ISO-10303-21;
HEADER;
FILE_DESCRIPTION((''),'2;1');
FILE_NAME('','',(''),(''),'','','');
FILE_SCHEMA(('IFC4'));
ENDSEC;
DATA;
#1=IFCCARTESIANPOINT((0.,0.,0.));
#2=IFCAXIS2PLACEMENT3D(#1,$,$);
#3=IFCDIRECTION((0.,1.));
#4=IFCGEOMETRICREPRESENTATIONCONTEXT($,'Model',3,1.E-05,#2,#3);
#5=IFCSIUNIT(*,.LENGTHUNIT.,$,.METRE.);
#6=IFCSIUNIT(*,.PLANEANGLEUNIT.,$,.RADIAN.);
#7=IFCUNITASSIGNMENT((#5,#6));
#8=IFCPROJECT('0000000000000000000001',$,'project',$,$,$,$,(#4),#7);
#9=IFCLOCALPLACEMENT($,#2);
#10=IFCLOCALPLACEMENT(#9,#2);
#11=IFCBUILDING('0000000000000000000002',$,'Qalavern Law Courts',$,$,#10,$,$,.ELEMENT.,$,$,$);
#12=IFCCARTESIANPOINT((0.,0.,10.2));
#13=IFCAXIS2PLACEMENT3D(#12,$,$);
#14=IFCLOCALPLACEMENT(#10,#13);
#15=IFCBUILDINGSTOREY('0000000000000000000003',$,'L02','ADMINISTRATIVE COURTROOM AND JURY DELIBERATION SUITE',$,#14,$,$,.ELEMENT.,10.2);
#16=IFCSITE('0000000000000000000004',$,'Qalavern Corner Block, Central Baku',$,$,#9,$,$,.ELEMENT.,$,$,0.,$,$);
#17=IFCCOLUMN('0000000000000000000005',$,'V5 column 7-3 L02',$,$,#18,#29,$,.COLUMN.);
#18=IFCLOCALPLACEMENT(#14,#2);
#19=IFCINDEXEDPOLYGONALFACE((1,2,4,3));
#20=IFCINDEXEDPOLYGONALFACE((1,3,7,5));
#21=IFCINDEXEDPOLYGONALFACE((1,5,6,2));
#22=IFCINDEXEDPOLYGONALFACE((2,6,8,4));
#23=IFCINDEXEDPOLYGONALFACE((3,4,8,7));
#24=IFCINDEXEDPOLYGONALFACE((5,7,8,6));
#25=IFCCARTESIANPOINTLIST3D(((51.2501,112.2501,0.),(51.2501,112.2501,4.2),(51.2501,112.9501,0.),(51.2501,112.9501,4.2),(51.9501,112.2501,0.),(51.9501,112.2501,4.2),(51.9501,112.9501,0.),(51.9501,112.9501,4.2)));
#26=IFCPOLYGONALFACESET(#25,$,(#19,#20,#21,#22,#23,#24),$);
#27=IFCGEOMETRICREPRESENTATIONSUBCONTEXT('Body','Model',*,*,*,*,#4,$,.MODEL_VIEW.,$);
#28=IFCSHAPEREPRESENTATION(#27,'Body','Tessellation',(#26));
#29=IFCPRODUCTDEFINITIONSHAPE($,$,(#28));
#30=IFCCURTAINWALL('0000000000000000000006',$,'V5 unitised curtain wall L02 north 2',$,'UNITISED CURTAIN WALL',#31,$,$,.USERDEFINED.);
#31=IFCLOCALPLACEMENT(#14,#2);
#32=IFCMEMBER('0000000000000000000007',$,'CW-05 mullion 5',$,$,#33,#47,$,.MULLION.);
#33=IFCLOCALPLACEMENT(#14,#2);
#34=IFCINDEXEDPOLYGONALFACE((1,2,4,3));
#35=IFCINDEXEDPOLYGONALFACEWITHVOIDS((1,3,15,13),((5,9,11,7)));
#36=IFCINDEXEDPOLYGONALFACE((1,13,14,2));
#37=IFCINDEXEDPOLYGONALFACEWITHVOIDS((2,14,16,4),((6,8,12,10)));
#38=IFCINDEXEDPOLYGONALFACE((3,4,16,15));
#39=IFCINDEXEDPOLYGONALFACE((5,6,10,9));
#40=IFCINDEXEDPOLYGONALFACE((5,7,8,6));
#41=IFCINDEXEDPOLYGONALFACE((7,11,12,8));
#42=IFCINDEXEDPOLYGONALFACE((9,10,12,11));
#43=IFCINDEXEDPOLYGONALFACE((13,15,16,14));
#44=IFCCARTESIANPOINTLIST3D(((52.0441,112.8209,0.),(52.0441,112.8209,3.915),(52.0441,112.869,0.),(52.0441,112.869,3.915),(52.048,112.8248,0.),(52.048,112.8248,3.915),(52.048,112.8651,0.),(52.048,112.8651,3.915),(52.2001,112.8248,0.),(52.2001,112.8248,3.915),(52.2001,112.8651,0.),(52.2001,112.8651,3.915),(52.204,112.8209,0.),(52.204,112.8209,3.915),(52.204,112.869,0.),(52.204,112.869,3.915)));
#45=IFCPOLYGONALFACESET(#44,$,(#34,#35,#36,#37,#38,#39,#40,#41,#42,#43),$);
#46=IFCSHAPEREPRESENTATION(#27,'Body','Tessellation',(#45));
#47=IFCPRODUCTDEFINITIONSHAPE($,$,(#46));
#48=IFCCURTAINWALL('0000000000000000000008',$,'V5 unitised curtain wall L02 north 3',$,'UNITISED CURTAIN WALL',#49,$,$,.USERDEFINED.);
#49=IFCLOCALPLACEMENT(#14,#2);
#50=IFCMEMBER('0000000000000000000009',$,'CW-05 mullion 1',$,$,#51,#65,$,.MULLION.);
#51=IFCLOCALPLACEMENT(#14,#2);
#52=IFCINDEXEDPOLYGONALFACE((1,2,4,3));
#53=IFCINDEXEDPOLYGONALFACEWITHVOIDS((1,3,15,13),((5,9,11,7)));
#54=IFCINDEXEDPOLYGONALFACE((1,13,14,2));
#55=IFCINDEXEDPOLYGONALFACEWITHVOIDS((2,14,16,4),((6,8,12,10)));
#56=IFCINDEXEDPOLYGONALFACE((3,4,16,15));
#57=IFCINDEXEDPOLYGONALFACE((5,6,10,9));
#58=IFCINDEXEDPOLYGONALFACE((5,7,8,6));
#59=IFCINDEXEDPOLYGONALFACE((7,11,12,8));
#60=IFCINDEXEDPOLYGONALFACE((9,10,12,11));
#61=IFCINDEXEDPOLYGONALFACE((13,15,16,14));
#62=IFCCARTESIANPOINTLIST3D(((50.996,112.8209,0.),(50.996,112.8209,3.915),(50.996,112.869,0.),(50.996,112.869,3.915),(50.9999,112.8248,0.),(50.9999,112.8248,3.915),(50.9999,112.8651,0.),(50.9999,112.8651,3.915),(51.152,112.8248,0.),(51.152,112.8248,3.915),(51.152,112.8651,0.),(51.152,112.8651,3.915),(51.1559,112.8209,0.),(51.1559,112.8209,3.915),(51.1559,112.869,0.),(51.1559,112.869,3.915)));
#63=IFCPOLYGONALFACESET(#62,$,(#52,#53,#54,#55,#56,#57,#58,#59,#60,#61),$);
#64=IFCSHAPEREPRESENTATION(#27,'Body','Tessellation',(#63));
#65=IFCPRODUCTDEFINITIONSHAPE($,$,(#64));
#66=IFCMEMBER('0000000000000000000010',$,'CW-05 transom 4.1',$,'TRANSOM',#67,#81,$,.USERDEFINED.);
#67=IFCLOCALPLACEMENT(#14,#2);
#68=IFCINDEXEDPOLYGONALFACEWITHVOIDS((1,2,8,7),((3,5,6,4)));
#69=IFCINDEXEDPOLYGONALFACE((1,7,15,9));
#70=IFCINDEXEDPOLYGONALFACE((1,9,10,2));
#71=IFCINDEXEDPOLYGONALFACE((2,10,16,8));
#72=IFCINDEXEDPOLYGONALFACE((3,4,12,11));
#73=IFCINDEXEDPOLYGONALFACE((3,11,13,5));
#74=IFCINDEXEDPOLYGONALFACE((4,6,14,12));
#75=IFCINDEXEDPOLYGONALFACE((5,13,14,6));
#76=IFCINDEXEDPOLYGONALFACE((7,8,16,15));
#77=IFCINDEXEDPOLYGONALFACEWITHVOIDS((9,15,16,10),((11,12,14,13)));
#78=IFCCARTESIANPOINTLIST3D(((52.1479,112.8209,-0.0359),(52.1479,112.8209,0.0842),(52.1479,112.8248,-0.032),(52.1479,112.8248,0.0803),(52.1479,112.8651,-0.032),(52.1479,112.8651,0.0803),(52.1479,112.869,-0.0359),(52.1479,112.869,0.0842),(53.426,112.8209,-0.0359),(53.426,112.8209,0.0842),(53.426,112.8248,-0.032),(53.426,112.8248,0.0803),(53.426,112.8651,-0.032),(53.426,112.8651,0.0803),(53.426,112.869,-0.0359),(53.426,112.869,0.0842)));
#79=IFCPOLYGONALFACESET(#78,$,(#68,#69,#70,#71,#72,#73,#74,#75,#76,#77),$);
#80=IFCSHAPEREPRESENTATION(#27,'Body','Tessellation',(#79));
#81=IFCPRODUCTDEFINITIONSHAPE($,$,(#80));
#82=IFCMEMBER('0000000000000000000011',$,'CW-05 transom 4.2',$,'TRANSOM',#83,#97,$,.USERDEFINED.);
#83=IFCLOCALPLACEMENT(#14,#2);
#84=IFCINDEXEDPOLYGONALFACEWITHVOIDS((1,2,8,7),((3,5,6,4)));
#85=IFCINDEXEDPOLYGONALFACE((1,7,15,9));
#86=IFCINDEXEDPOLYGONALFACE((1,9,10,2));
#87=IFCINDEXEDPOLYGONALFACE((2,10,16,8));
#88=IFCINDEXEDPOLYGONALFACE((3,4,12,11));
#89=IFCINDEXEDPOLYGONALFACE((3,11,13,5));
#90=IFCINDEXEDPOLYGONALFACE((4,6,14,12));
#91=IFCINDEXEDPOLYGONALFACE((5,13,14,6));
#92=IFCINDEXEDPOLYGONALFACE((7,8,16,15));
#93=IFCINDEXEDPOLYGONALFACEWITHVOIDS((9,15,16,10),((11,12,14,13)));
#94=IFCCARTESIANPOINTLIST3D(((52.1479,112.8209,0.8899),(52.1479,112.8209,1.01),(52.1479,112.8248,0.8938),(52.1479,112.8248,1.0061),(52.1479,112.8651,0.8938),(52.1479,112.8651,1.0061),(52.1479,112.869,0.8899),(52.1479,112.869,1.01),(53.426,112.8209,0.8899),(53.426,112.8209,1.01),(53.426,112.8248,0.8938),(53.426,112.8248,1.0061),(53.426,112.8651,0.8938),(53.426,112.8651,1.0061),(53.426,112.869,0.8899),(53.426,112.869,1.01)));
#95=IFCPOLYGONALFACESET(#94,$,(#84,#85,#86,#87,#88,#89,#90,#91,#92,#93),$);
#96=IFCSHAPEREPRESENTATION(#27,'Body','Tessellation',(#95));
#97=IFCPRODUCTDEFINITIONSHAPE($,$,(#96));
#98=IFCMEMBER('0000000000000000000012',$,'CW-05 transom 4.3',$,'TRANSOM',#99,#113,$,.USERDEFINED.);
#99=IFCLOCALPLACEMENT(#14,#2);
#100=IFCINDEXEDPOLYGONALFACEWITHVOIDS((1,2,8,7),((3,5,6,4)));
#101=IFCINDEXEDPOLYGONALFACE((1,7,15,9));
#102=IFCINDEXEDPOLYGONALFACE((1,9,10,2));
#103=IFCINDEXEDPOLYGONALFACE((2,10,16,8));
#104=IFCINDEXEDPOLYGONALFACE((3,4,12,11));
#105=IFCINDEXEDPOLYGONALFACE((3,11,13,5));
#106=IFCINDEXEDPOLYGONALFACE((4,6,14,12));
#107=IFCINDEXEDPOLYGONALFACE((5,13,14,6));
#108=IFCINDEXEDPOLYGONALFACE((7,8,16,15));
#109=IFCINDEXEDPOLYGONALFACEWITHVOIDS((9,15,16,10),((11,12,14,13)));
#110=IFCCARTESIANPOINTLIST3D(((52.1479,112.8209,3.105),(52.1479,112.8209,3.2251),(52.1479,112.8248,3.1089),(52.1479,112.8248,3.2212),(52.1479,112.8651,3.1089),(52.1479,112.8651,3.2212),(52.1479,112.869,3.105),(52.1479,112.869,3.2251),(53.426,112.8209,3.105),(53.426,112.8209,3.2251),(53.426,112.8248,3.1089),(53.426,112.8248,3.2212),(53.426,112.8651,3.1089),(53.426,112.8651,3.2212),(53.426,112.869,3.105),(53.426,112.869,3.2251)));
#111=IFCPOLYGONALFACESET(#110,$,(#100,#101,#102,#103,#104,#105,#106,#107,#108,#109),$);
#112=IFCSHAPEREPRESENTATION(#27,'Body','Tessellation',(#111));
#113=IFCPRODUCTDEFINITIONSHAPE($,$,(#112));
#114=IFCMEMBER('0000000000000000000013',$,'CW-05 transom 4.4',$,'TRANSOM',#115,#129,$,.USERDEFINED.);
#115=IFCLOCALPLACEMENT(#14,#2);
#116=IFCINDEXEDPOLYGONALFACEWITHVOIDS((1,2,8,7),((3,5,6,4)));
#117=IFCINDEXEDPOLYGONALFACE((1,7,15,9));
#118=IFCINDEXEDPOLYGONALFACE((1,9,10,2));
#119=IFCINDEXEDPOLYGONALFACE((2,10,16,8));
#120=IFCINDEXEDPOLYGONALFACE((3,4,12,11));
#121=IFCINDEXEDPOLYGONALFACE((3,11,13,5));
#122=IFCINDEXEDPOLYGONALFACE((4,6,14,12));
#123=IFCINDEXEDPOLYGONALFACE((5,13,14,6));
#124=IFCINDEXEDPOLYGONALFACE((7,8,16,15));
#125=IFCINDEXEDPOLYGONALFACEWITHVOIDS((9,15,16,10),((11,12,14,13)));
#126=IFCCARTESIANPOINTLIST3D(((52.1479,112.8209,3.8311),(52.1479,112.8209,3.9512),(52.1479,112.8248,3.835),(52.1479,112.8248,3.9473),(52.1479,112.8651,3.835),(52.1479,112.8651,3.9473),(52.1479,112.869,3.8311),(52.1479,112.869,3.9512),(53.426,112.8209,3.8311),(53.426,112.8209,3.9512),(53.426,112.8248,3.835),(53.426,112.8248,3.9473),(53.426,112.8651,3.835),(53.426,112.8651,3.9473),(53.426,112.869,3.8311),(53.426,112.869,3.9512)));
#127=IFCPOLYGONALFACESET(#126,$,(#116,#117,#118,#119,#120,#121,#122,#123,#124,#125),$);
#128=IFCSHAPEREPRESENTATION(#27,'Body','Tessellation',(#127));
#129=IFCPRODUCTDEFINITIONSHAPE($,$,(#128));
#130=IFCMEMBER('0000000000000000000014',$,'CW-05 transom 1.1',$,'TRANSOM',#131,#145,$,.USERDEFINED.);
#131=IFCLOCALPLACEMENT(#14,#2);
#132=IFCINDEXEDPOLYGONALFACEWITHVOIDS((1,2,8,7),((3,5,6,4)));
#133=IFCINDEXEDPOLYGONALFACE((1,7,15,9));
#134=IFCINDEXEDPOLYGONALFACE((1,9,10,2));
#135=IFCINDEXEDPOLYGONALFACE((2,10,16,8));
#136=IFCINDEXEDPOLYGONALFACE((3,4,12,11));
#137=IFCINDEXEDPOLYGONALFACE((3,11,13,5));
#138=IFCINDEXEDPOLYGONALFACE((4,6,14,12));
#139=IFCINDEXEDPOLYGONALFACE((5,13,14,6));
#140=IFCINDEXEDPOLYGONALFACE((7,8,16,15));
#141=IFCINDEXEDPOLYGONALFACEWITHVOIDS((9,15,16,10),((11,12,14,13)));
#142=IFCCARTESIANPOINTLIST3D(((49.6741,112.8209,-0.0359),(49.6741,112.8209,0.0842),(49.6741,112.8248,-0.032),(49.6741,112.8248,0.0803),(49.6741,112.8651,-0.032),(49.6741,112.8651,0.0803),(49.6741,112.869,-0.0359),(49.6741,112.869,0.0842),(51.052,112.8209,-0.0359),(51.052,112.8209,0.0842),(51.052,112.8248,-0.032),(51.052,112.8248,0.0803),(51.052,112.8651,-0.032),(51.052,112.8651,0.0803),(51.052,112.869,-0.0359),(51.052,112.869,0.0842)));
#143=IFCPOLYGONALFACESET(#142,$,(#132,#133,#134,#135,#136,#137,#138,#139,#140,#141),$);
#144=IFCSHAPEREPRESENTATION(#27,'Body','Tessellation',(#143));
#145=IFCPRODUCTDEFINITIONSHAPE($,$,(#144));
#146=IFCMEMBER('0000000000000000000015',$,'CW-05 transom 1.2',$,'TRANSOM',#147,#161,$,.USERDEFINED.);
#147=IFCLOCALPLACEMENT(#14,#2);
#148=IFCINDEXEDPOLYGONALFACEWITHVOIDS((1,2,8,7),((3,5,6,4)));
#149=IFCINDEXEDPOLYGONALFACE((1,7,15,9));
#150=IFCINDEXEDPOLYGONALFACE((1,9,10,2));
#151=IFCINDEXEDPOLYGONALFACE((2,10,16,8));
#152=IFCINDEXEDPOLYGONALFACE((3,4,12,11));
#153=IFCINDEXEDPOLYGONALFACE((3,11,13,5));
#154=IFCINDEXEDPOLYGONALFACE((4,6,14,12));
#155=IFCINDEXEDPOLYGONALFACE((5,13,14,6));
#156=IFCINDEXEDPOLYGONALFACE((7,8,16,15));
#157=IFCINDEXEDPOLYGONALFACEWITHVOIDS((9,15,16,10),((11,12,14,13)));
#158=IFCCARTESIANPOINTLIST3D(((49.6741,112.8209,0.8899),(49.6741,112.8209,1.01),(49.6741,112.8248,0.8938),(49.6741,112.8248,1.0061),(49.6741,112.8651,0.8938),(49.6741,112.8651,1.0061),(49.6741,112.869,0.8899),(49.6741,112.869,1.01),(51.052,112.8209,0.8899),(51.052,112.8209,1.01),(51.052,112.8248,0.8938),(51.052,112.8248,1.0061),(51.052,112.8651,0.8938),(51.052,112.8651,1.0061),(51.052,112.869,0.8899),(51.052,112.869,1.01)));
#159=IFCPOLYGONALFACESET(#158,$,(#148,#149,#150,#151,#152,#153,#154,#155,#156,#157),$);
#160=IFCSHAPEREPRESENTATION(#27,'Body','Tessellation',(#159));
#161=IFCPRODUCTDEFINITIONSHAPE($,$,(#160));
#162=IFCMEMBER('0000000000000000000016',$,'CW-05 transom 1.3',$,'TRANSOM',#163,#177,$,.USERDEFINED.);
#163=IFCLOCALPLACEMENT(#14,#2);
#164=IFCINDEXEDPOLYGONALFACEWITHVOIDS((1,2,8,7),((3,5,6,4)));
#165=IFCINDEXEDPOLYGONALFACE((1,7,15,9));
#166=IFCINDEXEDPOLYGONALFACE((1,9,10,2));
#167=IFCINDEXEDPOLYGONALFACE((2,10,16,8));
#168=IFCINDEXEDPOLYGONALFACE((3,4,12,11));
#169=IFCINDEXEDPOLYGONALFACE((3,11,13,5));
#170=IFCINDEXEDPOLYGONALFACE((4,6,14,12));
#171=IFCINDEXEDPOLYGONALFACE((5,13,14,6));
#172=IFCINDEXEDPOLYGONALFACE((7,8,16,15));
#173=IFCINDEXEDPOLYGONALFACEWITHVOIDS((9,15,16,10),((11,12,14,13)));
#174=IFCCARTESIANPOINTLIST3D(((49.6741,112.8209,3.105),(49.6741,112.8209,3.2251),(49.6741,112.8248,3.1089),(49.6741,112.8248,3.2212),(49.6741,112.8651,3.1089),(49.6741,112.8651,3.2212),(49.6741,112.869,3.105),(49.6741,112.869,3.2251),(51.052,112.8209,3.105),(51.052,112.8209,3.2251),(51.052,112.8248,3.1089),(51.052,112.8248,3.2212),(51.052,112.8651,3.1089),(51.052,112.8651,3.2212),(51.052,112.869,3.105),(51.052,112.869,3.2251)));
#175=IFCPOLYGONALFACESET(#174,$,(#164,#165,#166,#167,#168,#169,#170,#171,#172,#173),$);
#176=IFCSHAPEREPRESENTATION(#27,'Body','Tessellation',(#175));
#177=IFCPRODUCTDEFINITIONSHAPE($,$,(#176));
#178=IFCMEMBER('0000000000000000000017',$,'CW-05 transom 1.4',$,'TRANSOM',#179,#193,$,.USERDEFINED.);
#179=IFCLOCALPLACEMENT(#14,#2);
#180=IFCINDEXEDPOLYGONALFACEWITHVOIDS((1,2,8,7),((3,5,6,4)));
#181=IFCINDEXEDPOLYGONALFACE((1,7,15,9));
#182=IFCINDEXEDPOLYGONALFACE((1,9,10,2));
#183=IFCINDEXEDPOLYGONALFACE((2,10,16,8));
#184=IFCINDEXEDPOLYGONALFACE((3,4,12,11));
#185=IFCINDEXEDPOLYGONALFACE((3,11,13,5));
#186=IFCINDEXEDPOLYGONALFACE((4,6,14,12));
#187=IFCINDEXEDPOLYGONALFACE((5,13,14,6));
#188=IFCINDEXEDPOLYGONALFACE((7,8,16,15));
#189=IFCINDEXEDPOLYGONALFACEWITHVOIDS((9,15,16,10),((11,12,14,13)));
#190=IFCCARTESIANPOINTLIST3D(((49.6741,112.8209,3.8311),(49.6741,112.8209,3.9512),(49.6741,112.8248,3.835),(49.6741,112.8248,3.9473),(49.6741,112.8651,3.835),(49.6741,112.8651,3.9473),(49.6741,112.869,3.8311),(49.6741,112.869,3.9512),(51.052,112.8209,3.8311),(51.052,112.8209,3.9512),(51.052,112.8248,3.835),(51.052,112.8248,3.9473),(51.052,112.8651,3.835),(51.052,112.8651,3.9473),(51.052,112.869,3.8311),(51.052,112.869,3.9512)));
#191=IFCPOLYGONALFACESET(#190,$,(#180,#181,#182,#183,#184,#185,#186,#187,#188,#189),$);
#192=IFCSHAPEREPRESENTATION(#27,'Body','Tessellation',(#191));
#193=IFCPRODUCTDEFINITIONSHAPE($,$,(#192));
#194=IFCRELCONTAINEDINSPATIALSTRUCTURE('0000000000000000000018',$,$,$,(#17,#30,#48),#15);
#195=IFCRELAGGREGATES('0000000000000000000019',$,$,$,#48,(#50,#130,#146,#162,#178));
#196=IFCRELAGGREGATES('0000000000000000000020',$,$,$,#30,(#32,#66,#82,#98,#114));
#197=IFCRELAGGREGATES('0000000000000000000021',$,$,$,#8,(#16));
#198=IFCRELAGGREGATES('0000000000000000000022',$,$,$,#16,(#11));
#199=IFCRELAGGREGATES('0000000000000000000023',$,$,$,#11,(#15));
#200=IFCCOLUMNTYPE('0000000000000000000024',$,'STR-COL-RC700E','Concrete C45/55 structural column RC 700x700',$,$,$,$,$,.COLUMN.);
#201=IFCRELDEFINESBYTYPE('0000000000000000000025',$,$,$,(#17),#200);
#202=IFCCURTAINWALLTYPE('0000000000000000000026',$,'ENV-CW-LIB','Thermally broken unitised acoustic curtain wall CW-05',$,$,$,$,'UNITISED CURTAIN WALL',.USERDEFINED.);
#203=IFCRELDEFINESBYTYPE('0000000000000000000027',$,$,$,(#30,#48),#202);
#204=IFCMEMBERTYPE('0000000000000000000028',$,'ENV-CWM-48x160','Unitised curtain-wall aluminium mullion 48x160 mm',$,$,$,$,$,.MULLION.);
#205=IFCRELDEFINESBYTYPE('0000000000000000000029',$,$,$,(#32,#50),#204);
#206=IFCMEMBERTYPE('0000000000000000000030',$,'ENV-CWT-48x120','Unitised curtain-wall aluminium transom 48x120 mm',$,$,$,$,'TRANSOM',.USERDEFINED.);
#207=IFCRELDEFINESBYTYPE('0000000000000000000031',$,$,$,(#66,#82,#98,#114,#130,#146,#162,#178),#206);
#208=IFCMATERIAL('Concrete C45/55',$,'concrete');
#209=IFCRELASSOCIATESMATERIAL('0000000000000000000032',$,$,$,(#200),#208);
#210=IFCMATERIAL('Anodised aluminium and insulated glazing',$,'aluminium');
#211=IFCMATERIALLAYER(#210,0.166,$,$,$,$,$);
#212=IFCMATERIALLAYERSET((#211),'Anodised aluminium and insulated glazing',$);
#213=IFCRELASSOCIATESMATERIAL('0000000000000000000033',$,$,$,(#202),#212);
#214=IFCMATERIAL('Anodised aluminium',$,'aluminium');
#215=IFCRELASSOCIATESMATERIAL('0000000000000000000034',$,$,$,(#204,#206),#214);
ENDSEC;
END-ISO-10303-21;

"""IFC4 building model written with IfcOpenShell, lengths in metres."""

from ifc_helpers import new_model, si_unit, direction, frame, origin, origin_2d, place, context, subcontext, project, spatial, rectangle, hollow_rectangle, extrude, material, layer, layer_set, material_profile, profile_set, type_object, element, aggregate, save


model = new_model("IFC4")

# Units and contexts
model_context = context("Model", 3, precision=1e-05, world=origin(), true_north=direction((0.0, 1.0)))
body_context = subcontext(model_context, "Body", "Model", "MODEL_VIEW")
ifc_project = project(units=[si_unit("LENGTHUNIT", "METRE"), si_unit("PLANEANGLEUNIT", "RADIAN")], contexts=[model_context])

# Site, building, storey
site_placement = place(None, origin())
site = spatial("IfcSite", under=ifc_project, at=site_placement, Name="Qalavern Corner Block, Central Baku", CompositionType="ELEMENT", RefElevation=0.0)
building_placement = place(site_placement, origin())
building = spatial("IfcBuilding", under=site, at=building_placement, Name="Qalavern Law Courts", CompositionType="ELEMENT")
storey_placement = place(building_placement, frame((0.0, 0.0, 10.2)))
storey = spatial("IfcBuildingStorey", under=building, at=storey_placement, Name="L02", Description="ADMINISTRATIVE COURTROOM AND JURY DELIBERATION SUITE", CompositionType="ELEMENT", Elevation=10.2)

# Column
ifc_material_1 = material(Name="Concrete C45/55", Category="concrete")
ifc_material_profile_1 = material_profile(ifc_material_1, rectangle(XDim=0.7, YDim=0.7, at=origin_2d()), Name="RC 700x700")
ifc_profile_set_1 = profile_set([ifc_material_profile_1], Name="Concrete C45/55")
column_type = type_object("IfcColumnType", Name="STR-COL-RC700E", Description="Concrete C45/55 structural column RC 700x700", PredefinedType="COLUMN", material=ifc_profile_set_1)
column_placement = place(storey_placement, frame((51.6001, 112.6001, 0.0), z_axis=(0.0, 0.0, 1.0), x_axis=(1.0, 0.0, 0.0)))
element("IfcColumn", 1, at=column_placement, inside=storey, type_object=column_type, Name="V5 column 7-3 L02", PredefinedType="COLUMN", context=body_context, shape_type="SweptSolid", body=[
    extrude(rectangle(XDim=0.7, YDim=0.7, at=origin_2d()), origin(), (0.0, 0.0, 1.0), 4.2),
])

# Curtain walls, members
ifc_material_2 = material(Name="Anodised aluminium and insulated glazing", Category="aluminium")
ifc_layer_1 = layer(ifc_material_2, 0.166)
ifc_layer_set_1 = layer_set([ifc_layer_1], Name="Anodised aluminium and insulated glazing")
curtain_wall_type = type_object("IfcCurtainWallType", Name="ENV-CW-LIB", Description="Thermally broken unitised acoustic curtain wall CW-05", ElementType="UNITISED CURTAIN WALL", PredefinedType="USERDEFINED", material=ifc_layer_set_1)
curtain_wall_1_placement = place(storey_placement, origin())
curtain_wall_1 = element("IfcCurtainWall", 2, at=curtain_wall_1_placement, inside=storey, type_object=curtain_wall_type, Name="V5 unitised curtain wall L02 north 2", ObjectType="UNITISED CURTAIN WALL", PredefinedType="USERDEFINED")
ifc_material_3 = material(Name="Anodised aluminium", Category="aluminium")
ifc_material_profile_2 = material_profile(ifc_material_3, hollow_rectangle(XDim=0.0481, YDim=0.1599, WallThickness=0.0039, at=origin_2d()), Name="ALU MULLION 48x160")
ifc_profile_set_2 = profile_set([ifc_material_profile_2], Name="Anodised aluminium")
member_type_1 = type_object("IfcMemberType", Name="ENV-CWM-48x160", Description="Unitised curtain-wall aluminium mullion 48x160 mm", PredefinedType="MULLION", material=ifc_profile_set_2)
member_1_placement = place(storey_placement, frame((52.124, 112.845, 0.0), z_axis=(0.0, 0.0, 1.0), x_axis=(0.0, -1.0, 0.0)))
member_1 = element("IfcMember", 3, at=member_1_placement, type_object=member_type_1, Name="CW-05 mullion 5", PredefinedType="MULLION", context=body_context, shape_type="SweptSolid", body=[
    extrude(hollow_rectangle(XDim=0.0481, YDim=0.1599, WallThickness=0.0039, at=origin_2d()), origin(), (0.0, 0.0, 1.0), 3.915),
])
curtain_wall_2_placement = place(storey_placement, origin())
curtain_wall_2 = element("IfcCurtainWall", 4, at=curtain_wall_2_placement, inside=storey, type_object=curtain_wall_type, Name="V5 unitised curtain wall L02 north 3", ObjectType="UNITISED CURTAIN WALL", PredefinedType="USERDEFINED")
member_2_placement = place(storey_placement, frame((51.0759, 112.845, 0.0), z_axis=(0.0, 0.0, 1.0), x_axis=(0.0, -1.0, 0.0)))
member_2 = element("IfcMember", 5, at=member_2_placement, type_object=member_type_1, Name="CW-05 mullion 1", PredefinedType="MULLION", context=body_context, shape_type="SweptSolid", body=[
    extrude(hollow_rectangle(XDim=0.0481, YDim=0.1599, WallThickness=0.0039, at=origin_2d()), origin(), (0.0, 0.0, 1.0), 3.915),
])

# Members
ifc_material_profile_3 = material_profile(ifc_material_3, hollow_rectangle(XDim=0.0481, YDim=0.1201, WallThickness=0.0039, at=origin_2d()), Name="ALU TRANSOM 48x120")
ifc_profile_set_3 = profile_set([ifc_material_profile_3], Name="Anodised aluminium")
member_type_2 = type_object("IfcMemberType", Name="ENV-CWT-48x120", Description="Unitised curtain-wall aluminium transom 48x120 mm", ElementType="TRANSOM", PredefinedType="USERDEFINED", material=ifc_profile_set_3)
member_3_placement = place(storey_placement, frame((53.426, 112.845, 0.0242), z_axis=(-1.0, 0.0, 0.0), x_axis=(0.0, -1.0, 0.0)))
member_3 = element("IfcMember", 6, at=member_3_placement, type_object=member_type_2, Name="CW-05 transom 4.1", ObjectType="TRANSOM", PredefinedType="USERDEFINED", context=body_context, shape_type="SweptSolid", body=[
    extrude(hollow_rectangle(XDim=0.0481, YDim=0.1201, WallThickness=0.0039, at=origin_2d()), origin(), (0.0, 0.0, 1.0), 1.2781),
])
member_4_placement = place(storey_placement, frame((53.426, 112.845, 0.95), z_axis=(-1.0, 0.0, 0.0), x_axis=(0.0, -1.0, 0.0)))
member_4 = element("IfcMember", 7, at=member_4_placement, type_object=member_type_2, Name="CW-05 transom 4.2", ObjectType="TRANSOM", PredefinedType="USERDEFINED", context=body_context, shape_type="SweptSolid", body=[
    extrude(hollow_rectangle(XDim=0.0481, YDim=0.1201, WallThickness=0.0039, at=origin_2d()), origin(), (0.0, 0.0, 1.0), 1.2781),
])
member_5_placement = place(storey_placement, frame((53.426, 112.845, 3.165), z_axis=(-1.0, 0.0, 0.0), x_axis=(0.0, -1.0, 0.0)))
member_5 = element("IfcMember", 8, at=member_5_placement, type_object=member_type_2, Name="CW-05 transom 4.3", ObjectType="TRANSOM", PredefinedType="USERDEFINED", context=body_context, shape_type="SweptSolid", body=[
    extrude(hollow_rectangle(XDim=0.0481, YDim=0.1201, WallThickness=0.0039, at=origin_2d()), origin(), (0.0, 0.0, 1.0), 1.2781),
])
member_6_placement = place(storey_placement, frame((53.426, 112.845, 3.8911), z_axis=(-1.0, 0.0, 0.0), x_axis=(0.0, -1.0, 0.0)))
member_6 = element("IfcMember", 9, at=member_6_placement, type_object=member_type_2, Name="CW-05 transom 4.4", ObjectType="TRANSOM", PredefinedType="USERDEFINED", context=body_context, shape_type="SweptSolid", body=[
    extrude(hollow_rectangle(XDim=0.0481, YDim=0.1201, WallThickness=0.0039, at=origin_2d()), origin(), (0.0, 0.0, 1.0), 1.2781),
])
member_7_placement = place(storey_placement, frame((51.052, 112.845, 0.0242), z_axis=(-1.0, 0.0, 0.0), x_axis=(0.0, -1.0, 0.0)))
member_7 = element("IfcMember", 10, at=member_7_placement, type_object=member_type_2, Name="CW-05 transom 1.1", ObjectType="TRANSOM", PredefinedType="USERDEFINED", context=body_context, shape_type="SweptSolid", body=[
    extrude(hollow_rectangle(XDim=0.0481, YDim=0.1201, WallThickness=0.0039, at=origin_2d()), origin(), (0.0, 0.0, 1.0), 1.3779),
])
member_8_placement = place(storey_placement, frame((51.052, 112.845, 0.95), z_axis=(-1.0, 0.0, 0.0), x_axis=(0.0, -1.0, 0.0)))
member_8 = element("IfcMember", 11, at=member_8_placement, type_object=member_type_2, Name="CW-05 transom 1.2", ObjectType="TRANSOM", PredefinedType="USERDEFINED", context=body_context, shape_type="SweptSolid", body=[
    extrude(hollow_rectangle(XDim=0.0481, YDim=0.1201, WallThickness=0.0039, at=origin_2d()), origin(), (0.0, 0.0, 1.0), 1.3779),
])
member_9_placement = place(storey_placement, frame((51.052, 112.845, 3.165), z_axis=(-1.0, 0.0, 0.0), x_axis=(0.0, -1.0, 0.0)))
member_9 = element("IfcMember", 12, at=member_9_placement, type_object=member_type_2, Name="CW-05 transom 1.3", ObjectType="TRANSOM", PredefinedType="USERDEFINED", context=body_context, shape_type="SweptSolid", body=[
    extrude(hollow_rectangle(XDim=0.0481, YDim=0.1201, WallThickness=0.0039, at=origin_2d()), origin(), (0.0, 0.0, 1.0), 1.3779),
])
member_10_placement = place(storey_placement, frame((51.052, 112.845, 3.8911), z_axis=(-1.0, 0.0, 0.0), x_axis=(0.0, -1.0, 0.0)))
member_10 = element("IfcMember", 13, at=member_10_placement, type_object=member_type_2, Name="CW-05 transom 1.4", ObjectType="TRANSOM", PredefinedType="USERDEFINED", context=body_context, shape_type="SweptSolid", body=[
    extrude(hollow_rectangle(XDim=0.0481, YDim=0.1201, WallThickness=0.0039, at=origin_2d()), origin(), (0.0, 0.0, 1.0), 1.3779),
])

aggregate(curtain_wall_2, [member_2, member_7, member_8, member_9, member_10])
aggregate(curtain_wall_1, [member_1, member_3, member_4, member_5, member_6])

save(model, "model.ifc")
